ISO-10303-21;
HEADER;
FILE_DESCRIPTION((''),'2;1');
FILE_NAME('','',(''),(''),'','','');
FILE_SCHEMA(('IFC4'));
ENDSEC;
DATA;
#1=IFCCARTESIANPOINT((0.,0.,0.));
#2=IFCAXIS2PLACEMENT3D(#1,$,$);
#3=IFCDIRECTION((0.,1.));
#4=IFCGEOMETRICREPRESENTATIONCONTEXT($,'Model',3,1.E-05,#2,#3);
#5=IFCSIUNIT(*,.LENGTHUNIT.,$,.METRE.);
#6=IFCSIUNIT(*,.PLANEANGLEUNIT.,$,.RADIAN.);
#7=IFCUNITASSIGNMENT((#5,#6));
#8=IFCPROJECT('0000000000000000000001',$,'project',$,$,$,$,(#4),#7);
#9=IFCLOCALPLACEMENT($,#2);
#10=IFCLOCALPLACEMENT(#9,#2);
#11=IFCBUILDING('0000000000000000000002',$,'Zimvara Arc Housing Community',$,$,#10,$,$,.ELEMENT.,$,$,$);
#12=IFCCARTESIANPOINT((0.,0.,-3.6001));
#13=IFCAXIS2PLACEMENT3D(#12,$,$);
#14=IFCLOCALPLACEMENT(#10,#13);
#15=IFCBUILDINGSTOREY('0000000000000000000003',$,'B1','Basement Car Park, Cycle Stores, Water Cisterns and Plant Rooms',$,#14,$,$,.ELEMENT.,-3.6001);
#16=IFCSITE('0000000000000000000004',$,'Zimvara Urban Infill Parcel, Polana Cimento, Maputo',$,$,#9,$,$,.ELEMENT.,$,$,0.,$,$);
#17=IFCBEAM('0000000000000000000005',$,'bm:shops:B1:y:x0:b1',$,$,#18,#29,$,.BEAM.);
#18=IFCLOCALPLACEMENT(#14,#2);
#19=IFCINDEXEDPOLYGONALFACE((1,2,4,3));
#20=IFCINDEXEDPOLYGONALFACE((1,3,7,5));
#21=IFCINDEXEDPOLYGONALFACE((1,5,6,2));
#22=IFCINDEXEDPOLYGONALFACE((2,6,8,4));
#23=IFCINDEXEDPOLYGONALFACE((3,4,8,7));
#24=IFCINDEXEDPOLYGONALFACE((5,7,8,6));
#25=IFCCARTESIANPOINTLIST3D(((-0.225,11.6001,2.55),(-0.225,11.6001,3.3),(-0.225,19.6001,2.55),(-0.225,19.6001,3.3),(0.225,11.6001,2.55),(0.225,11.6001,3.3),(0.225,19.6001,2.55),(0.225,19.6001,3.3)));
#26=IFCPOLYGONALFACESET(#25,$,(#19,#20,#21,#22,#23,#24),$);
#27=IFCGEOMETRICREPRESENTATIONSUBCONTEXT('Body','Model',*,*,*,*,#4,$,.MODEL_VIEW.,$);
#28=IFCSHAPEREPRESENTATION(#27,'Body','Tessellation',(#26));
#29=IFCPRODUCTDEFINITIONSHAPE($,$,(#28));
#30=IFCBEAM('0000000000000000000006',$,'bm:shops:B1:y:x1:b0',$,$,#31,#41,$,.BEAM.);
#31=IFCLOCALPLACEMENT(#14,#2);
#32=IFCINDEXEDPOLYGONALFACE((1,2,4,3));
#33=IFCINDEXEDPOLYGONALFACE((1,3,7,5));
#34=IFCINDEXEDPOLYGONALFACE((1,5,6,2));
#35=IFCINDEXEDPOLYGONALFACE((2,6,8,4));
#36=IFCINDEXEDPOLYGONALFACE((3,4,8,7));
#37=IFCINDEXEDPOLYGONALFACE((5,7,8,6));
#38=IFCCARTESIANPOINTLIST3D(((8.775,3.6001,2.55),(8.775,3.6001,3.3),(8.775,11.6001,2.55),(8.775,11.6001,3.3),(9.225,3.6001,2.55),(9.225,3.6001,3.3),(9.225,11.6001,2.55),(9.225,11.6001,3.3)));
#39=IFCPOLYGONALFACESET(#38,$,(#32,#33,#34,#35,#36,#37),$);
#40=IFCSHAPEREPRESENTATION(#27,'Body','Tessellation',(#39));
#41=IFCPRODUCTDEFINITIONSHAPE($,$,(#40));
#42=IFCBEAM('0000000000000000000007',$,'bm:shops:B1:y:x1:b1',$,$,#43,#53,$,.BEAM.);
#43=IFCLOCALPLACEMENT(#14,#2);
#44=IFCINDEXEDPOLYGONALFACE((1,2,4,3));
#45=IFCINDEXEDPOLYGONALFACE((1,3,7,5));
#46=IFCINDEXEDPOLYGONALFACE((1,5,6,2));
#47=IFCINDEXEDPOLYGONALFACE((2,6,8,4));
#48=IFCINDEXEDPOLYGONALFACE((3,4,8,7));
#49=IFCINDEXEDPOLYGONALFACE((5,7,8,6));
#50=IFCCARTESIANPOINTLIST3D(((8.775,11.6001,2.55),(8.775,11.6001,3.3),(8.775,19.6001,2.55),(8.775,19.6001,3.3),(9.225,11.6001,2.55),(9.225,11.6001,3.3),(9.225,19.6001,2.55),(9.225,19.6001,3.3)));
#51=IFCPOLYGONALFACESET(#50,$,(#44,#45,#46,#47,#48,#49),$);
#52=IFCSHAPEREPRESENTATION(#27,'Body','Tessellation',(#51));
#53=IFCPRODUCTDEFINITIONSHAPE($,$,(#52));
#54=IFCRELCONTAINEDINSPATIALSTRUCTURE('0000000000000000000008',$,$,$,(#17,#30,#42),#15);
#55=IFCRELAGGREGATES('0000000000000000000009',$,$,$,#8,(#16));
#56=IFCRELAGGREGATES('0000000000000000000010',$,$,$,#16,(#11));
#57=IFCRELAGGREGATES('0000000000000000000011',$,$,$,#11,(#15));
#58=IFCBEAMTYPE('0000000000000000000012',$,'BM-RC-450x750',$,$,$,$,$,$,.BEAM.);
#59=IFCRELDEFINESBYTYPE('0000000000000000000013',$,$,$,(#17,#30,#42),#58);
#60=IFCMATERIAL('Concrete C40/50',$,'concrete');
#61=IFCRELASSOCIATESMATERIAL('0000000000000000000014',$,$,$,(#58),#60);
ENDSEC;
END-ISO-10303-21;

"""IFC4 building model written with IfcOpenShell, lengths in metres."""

from ifc_helpers import new_model, si_unit, direction, frame, origin, origin_2d, place, context, subcontext, project, spatial, rectangle, extrude, material, material_profile, profile_set, type_object, element, save


model = new_model("IFC4")

# Units and contexts
model_context = context("Model", 3, precision=1e-05, world=origin(), true_north=direction((0.0, 1.0)))
body_context = subcontext(model_context, "Body", "Model", "MODEL_VIEW")
ifc_project = project(units=[si_unit("LENGTHUNIT", "METRE"), si_unit("PLANEANGLEUNIT", "RADIAN")], contexts=[model_context])

# Site, building, storey
site_placement = place(None, origin())
site = spatial("IfcSite", under=ifc_project, at=site_placement, Name="Zimvara Urban Infill Parcel, Polana Cimento, Maputo", CompositionType="ELEMENT", RefElevation=0.0)
building_placement = place(site_placement, origin())
building = spatial("IfcBuilding", under=site, at=building_placement, Name="Zimvara Arc Housing Community", CompositionType="ELEMENT")
storey_placement = place(building_placement, frame((0.0, 0.0, -3.6001)))
storey = spatial("IfcBuildingStorey", under=building, at=storey_placement, Name="B1", Description="Basement Car Park, Cycle Stores, Water Cisterns and Plant Rooms", CompositionType="ELEMENT", Elevation=-3.6001)

# Beams
ifc_material_1 = material(Name="Concrete C40/50", Category="concrete")
ifc_material_profile_1 = material_profile(ifc_material_1, rectangle(XDim=0.45, YDim=0.75, at=origin_2d()), Name="RC 450x750")
ifc_profile_set_1 = profile_set([ifc_material_profile_1], Name="Concrete C40/50")
beam_type = type_object("IfcBeamType", Name="BM-RC-450x750", PredefinedType="BEAM", material=ifc_profile_set_1)
for number, where, z_axis, x_axis, name in (
    (1, (0.0, 11.6001, 2.925), (0.0, 1.0, 0.0), (-1.0, 0.0, 0.0), "bm:shops:B1:y:x0:b1"),
    (2, (9.0, 3.6001, 2.925), (0.0, 1.0, 0.0), (-1.0, 0.0, 0.0), "bm:shops:B1:y:x1:b0"),
    (3, (9.0, 11.6001, 2.925), (0.0, 1.0, 0.0), (-1.0, 0.0, 0.0), "bm:shops:B1:y:x1:b1"),
):
    element("IfcBeam", number, at=place(storey_placement, frame(where, z_axis=z_axis, x_axis=x_axis)), inside=storey, type_object=beam_type, Name=name, PredefinedType="BEAM", context=body_context, shape_type="SweptSolid", body=[
        extrude(rectangle(XDim=0.45, YDim=0.75, at=origin_2d()), origin(), (0.0, 0.0, 1.0), 8.0),
    ])

save(model, "model.ifc")
